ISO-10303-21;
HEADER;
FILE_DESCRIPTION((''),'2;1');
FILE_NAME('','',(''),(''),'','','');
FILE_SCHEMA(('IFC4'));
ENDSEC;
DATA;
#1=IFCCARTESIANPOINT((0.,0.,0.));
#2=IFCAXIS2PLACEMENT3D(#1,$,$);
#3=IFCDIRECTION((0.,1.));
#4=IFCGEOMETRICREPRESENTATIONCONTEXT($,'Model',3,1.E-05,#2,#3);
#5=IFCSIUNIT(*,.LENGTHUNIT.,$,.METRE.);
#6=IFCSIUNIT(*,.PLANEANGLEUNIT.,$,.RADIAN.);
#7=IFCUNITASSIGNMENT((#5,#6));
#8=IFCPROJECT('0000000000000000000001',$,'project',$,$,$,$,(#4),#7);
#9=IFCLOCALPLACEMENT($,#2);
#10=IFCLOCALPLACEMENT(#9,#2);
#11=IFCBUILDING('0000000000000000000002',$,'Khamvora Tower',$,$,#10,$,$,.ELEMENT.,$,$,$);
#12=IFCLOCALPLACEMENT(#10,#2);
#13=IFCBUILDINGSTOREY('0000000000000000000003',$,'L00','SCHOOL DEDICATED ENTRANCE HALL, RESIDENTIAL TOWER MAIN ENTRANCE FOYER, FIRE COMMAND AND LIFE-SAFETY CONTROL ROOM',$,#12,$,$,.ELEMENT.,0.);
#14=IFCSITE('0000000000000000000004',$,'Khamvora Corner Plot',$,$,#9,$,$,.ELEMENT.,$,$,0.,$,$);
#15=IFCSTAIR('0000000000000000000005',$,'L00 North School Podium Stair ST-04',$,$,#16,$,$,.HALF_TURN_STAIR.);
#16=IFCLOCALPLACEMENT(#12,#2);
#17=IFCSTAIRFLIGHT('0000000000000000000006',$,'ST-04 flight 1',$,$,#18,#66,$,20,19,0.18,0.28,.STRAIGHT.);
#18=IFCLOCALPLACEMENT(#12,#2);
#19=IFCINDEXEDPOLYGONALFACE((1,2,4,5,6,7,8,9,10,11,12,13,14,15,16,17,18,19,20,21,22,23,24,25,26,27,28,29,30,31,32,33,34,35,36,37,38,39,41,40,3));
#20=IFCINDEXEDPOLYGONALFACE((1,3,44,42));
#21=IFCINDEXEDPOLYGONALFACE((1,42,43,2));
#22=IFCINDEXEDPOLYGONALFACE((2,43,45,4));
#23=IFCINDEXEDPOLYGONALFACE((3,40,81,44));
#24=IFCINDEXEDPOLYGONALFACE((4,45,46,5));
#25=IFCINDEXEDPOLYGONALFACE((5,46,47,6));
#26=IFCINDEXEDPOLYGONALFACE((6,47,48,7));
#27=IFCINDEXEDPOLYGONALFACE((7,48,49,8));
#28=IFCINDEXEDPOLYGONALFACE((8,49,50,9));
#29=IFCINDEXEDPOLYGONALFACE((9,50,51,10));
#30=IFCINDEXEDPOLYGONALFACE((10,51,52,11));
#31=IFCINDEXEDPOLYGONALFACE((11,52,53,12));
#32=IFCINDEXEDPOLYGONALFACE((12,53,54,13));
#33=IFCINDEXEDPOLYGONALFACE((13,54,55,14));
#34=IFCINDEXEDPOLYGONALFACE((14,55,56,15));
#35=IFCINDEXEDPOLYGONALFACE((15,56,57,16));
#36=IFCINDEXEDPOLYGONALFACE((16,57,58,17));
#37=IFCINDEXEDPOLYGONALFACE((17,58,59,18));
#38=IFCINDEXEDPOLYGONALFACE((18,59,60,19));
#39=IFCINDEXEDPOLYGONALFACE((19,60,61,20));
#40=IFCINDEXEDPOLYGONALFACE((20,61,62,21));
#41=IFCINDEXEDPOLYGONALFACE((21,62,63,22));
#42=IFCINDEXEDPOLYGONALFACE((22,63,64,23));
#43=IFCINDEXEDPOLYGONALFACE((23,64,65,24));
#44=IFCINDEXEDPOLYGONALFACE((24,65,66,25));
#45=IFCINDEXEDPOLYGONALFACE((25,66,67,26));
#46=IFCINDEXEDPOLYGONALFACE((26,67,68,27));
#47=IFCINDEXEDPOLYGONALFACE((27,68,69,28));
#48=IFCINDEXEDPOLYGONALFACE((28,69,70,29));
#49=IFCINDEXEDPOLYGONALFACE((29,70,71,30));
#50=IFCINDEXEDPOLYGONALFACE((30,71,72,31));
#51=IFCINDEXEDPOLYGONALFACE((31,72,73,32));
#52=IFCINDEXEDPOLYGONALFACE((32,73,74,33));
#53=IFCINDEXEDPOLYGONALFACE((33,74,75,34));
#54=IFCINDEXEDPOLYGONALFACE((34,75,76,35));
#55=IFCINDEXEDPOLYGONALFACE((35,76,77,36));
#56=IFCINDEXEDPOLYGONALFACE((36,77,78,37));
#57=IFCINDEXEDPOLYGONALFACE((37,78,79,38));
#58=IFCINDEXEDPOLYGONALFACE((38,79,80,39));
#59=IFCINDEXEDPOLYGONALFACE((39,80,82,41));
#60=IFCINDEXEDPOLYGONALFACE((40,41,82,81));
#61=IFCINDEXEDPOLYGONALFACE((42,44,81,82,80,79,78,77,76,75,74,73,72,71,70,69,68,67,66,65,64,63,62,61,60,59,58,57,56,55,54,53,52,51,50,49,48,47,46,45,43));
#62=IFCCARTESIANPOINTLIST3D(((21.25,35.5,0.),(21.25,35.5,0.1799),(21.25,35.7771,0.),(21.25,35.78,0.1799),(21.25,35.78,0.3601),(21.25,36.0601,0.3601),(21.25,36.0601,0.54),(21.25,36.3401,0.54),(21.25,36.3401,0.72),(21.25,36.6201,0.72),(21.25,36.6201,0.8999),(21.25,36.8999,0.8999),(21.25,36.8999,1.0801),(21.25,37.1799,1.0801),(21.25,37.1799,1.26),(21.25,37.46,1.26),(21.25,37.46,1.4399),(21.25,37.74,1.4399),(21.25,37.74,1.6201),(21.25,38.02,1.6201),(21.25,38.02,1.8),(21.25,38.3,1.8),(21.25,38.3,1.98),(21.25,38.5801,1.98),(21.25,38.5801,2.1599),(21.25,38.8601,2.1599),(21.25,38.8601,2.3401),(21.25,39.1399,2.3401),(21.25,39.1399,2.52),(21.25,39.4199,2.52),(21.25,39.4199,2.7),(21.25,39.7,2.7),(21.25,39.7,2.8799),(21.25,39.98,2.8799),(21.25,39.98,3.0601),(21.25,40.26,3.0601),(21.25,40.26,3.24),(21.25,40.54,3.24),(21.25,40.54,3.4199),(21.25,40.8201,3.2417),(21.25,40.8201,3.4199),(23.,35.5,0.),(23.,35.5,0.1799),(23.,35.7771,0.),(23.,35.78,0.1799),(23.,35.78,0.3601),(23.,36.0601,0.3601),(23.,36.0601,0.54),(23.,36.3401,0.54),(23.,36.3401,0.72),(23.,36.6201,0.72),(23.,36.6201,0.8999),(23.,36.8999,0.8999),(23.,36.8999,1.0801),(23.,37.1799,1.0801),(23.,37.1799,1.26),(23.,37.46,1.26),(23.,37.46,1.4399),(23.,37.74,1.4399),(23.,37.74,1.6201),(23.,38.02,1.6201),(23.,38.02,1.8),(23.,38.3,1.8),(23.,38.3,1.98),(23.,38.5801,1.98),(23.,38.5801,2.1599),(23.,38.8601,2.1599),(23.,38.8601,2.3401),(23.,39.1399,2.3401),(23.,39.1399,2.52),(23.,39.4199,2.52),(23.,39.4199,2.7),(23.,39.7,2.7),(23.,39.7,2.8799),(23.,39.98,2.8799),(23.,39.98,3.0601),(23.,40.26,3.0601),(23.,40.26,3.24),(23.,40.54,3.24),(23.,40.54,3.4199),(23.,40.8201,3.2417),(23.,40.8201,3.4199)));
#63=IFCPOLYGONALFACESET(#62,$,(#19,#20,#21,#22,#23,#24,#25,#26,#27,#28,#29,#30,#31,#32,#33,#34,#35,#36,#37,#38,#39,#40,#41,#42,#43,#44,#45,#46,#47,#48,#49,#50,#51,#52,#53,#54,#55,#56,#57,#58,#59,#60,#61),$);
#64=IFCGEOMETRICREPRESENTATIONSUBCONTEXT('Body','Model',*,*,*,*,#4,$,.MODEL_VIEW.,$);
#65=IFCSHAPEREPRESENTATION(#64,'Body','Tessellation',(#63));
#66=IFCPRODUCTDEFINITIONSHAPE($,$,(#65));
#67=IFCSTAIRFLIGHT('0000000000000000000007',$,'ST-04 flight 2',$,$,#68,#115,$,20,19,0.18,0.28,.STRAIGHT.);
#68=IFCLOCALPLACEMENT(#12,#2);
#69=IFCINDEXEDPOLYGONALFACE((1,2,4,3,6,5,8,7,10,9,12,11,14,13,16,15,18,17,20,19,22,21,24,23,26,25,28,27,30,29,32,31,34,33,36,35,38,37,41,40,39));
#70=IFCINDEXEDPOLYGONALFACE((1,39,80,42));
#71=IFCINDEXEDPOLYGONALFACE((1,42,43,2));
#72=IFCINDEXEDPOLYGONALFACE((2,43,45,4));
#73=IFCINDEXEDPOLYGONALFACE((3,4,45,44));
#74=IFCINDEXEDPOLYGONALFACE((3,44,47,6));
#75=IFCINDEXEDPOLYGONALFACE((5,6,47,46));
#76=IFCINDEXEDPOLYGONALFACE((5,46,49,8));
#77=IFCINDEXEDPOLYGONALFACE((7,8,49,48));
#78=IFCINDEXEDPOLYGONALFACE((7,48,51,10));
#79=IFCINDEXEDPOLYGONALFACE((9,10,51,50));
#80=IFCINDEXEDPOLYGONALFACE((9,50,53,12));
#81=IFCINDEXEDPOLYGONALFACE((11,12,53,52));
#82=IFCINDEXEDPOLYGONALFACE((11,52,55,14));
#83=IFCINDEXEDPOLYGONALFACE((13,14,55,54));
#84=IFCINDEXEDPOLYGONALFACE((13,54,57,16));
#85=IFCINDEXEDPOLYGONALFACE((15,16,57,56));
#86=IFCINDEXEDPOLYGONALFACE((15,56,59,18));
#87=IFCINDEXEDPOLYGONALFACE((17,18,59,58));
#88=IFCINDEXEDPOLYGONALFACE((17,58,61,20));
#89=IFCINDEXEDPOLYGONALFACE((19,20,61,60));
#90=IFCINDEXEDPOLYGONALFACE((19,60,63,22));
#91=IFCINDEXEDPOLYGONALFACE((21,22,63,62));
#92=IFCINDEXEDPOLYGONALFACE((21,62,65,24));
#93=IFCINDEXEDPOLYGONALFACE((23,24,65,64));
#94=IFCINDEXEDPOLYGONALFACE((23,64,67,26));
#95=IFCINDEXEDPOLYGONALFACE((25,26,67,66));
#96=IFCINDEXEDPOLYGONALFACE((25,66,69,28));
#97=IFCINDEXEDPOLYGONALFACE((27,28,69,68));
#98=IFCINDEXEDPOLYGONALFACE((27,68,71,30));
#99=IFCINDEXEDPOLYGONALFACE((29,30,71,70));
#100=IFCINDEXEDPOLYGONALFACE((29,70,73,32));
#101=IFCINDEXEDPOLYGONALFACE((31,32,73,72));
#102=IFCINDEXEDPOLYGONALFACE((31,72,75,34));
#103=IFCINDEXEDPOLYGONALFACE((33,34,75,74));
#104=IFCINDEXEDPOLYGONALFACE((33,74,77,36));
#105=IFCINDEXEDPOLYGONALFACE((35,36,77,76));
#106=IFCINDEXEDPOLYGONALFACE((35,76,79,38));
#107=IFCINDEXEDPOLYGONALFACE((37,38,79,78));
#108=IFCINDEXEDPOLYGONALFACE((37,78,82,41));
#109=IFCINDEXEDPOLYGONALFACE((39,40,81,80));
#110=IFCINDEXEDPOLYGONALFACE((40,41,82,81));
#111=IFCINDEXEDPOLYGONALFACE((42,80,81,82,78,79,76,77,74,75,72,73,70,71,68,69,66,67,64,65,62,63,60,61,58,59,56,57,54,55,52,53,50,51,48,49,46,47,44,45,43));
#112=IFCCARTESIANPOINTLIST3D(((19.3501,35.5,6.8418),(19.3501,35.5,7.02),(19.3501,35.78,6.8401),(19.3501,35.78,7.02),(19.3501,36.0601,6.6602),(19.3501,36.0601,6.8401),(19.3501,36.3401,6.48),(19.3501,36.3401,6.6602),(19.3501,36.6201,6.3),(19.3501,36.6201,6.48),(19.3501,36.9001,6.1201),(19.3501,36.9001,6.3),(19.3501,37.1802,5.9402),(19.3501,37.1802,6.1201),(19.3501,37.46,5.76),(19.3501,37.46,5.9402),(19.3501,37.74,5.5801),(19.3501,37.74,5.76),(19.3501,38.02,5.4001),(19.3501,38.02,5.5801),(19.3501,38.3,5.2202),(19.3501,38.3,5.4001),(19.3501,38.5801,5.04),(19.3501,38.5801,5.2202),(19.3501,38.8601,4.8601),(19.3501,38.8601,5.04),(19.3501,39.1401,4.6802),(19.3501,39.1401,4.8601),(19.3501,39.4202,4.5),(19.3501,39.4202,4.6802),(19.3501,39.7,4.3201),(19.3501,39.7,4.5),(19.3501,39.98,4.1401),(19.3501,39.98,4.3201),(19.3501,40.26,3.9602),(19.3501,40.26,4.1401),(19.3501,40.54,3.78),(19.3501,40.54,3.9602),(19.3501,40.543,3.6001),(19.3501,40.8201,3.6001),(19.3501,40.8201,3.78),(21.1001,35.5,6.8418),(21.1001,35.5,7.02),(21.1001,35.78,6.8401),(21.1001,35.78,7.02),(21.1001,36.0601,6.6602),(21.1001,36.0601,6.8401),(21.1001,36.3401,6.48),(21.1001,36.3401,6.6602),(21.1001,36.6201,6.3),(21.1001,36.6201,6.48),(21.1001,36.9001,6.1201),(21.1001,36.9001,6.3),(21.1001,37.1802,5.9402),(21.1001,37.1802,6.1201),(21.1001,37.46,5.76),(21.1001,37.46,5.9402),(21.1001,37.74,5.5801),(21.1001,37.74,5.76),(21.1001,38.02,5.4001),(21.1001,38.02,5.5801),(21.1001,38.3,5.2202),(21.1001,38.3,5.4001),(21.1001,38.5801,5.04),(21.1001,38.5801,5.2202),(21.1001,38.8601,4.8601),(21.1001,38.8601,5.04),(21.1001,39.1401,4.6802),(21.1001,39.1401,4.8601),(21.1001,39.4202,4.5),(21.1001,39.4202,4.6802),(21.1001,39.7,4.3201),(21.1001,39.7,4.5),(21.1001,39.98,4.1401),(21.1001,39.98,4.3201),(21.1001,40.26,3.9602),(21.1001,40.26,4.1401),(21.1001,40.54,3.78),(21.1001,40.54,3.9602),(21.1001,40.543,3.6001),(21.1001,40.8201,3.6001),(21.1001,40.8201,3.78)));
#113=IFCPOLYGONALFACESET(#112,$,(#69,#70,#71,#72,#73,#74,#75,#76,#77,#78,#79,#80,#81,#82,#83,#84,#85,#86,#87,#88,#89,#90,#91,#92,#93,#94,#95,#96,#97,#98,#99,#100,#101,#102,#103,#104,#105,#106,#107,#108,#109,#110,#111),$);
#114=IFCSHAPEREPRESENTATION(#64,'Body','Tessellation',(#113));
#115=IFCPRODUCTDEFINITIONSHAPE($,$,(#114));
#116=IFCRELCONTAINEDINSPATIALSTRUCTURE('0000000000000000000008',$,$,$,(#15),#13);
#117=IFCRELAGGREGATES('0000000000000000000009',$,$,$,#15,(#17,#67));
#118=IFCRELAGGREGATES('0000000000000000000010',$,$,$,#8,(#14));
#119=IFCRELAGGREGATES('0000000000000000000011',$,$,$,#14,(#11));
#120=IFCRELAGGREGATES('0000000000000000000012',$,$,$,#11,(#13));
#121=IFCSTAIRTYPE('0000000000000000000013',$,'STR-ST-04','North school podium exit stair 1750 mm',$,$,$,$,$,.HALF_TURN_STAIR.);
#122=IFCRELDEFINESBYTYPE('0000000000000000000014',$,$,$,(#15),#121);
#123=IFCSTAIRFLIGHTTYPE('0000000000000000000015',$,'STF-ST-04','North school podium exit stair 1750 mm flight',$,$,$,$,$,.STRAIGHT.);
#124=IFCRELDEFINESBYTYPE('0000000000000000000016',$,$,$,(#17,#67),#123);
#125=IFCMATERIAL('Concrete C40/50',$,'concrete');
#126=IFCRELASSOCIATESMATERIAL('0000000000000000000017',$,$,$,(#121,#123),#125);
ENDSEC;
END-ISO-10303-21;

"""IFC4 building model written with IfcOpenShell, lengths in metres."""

from ifc_helpers import new_model, si_unit, direction, frame, origin, place, context, subcontext, project, spatial, polyline, outline, extrude, material, type_object, element, aggregate, save


model = new_model("IFC4")

# Units and contexts
model_context = context("Model", 3, precision=1e-05, world=origin(), true_north=direction((0.0, 1.0)))
body_context = subcontext(model_context, "Body", "Model", "MODEL_VIEW")
ifc_project = project(units=[si_unit("LENGTHUNIT", "METRE"), si_unit("PLANEANGLEUNIT", "RADIAN")], contexts=[model_context])

# Site, building, storey
site_placement = place(None, origin())
site = spatial("IfcSite", under=ifc_project, at=site_placement, Name="Khamvora Corner Plot", CompositionType="ELEMENT", RefElevation=0.0)
building_placement = place(site_placement, origin())
building = spatial("IfcBuilding", under=site, at=building_placement, Name="Khamvora Tower", CompositionType="ELEMENT")
storey_placement = place(building_placement, origin())
storey = spatial("IfcBuildingStorey", under=building, at=storey_placement, Name="L00", Description="SCHOOL DEDICATED ENTRANCE HALL, RESIDENTIAL TOWER MAIN ENTRANCE FOYER, FIRE COMMAND AND LIFE-SAFETY CONTROL ROOM", CompositionType="ELEMENT", Elevation=0.0)

# Shared definitions
ifc_material_1 = material(Name="Concrete C40/50", Category="concrete")

# Stair, stair flights
stair_type = type_object("IfcStairType", Name="STR-ST-04", Description="North school podium exit stair 1750 mm", PredefinedType="HALF_TURN_STAIR", material=ifc_material_1)
stair_placement = place(storey_placement, origin())
stair = element("IfcStair", 1, at=stair_placement, inside=storey, type_object=stair_type, Name="L00 North School Podium Stair ST-04", PredefinedType="HALF_TURN_STAIR")
stair_flight_type = type_object("IfcStairFlightType", Name="STF-ST-04", Description="North school podium exit stair 1750 mm flight", PredefinedType="STRAIGHT", material=ifc_material_1)
stair_flight_1_placement = place(storey_placement, frame((22.125, 35.5, 0.0), z_axis=(0.0, 0.0, 1.0), x_axis=(0.0, 1.0, 0.0)))
stair_flight_1 = element("IfcStairFlight", 2, at=stair_flight_1_placement, type_object=stair_flight_type, Name="ST-04 flight 1", NumberOfRisers=20, NumberOfTreads=19, PredefinedType="STRAIGHT", RiserHeight=0.18, TreadLength=0.28, context=body_context, shape_type="SweptSolid", body=[
    extrude(outline(polyline([(0.0, 0.0), (0.0, 0.1799), (0.28, 0.1799), (0.28, 0.3601), (0.5601, 0.3601), (0.5601, 0.54), (0.8401, 0.54), (0.8401, 0.72), (1.1201, 0.72), (1.1201, 0.8999), (1.3999, 0.8999), (1.3999, 1.0801), (1.6799, 1.0801), (1.6799, 1.26), (1.96, 1.26), (1.96, 1.4399), (2.24, 1.4399), (2.24, 1.6201), (2.52, 1.6201), (2.52, 1.8), (2.8, 1.8), (2.8, 1.98), (3.0801, 1.98), (3.0801, 2.1599), (3.3601, 2.1599), (3.3601, 2.3401), (3.6399, 2.3401), (3.6399, 2.52), (3.9199, 2.52), (3.9199, 2.7), (4.2, 2.7), (4.2, 2.8799), (4.48, 2.8799), (4.48, 3.0601), (4.76, 3.0601), (4.76, 3.24), (5.04, 3.24), (5.04, 3.4199), (5.3201, 3.4199), (5.3201, 3.6001), (5.3201, 3.2417), (0.2771, 0.0), (0.0, 0.0)])), frame((0.0, 0.875, 0.0), z_axis=(0.0, -1.0, 0.0), x_axis=(1.0, 0.0, 0.0)), (0.0, 0.0, 1.0), 1.75),
])
stair_flight_2_placement = place(storey_placement, frame((20.2251, 40.8201, 3.6001), z_axis=(0.0, 0.0, 1.0), x_axis=(0.0, -1.0, 0.0)))
stair_flight_2 = element("IfcStairFlight", 3, at=stair_flight_2_placement, type_object=stair_flight_type, Name="ST-04 flight 2", NumberOfRisers=20, NumberOfTreads=19, PredefinedType="STRAIGHT", RiserHeight=0.18, TreadLength=0.28, context=body_context, shape_type="SweptSolid", body=[
    extrude(outline(polyline([(0.0, 0.0), (0.0, 0.1799), (0.28, 0.1799), (0.28, 0.3601), (0.5601, 0.3601), (0.5601, 0.54), (0.8401, 0.54), (0.8401, 0.72), (1.1201, 0.72), (1.1201, 0.8999), (1.3999, 0.8999), (1.3999, 1.0801), (1.6799, 1.0801), (1.6799, 1.26), (1.96, 1.26), (1.96, 1.4399), (2.24, 1.4399), (2.24, 1.6201), (2.52, 1.6201), (2.52, 1.8), (2.8, 1.8), (2.8, 1.98), (3.0801, 1.98), (3.0801, 2.1599), (3.3601, 2.1599), (3.3601, 2.3401), (3.6399, 2.3401), (3.6399, 2.52), (3.9199, 2.52), (3.9199, 2.7), (4.2, 2.7), (4.2, 2.8799), (4.48, 2.8799), (4.48, 3.0601), (4.76, 3.0601), (4.76, 3.24), (5.04, 3.24), (5.04, 3.4199), (5.3201, 3.4199), (5.3201, 3.6001), (5.3201, 3.2417), (0.2771, 0.0), (0.0, 0.0)])), frame((0.0, 0.875, 0.0), z_axis=(0.0, -1.0, 0.0), x_axis=(1.0, 0.0, 0.0)), (0.0, 0.0, 1.0), 1.75),
])
aggregate(stair, [stair_flight_1, stair_flight_2])

save(model, "model.ifc")
